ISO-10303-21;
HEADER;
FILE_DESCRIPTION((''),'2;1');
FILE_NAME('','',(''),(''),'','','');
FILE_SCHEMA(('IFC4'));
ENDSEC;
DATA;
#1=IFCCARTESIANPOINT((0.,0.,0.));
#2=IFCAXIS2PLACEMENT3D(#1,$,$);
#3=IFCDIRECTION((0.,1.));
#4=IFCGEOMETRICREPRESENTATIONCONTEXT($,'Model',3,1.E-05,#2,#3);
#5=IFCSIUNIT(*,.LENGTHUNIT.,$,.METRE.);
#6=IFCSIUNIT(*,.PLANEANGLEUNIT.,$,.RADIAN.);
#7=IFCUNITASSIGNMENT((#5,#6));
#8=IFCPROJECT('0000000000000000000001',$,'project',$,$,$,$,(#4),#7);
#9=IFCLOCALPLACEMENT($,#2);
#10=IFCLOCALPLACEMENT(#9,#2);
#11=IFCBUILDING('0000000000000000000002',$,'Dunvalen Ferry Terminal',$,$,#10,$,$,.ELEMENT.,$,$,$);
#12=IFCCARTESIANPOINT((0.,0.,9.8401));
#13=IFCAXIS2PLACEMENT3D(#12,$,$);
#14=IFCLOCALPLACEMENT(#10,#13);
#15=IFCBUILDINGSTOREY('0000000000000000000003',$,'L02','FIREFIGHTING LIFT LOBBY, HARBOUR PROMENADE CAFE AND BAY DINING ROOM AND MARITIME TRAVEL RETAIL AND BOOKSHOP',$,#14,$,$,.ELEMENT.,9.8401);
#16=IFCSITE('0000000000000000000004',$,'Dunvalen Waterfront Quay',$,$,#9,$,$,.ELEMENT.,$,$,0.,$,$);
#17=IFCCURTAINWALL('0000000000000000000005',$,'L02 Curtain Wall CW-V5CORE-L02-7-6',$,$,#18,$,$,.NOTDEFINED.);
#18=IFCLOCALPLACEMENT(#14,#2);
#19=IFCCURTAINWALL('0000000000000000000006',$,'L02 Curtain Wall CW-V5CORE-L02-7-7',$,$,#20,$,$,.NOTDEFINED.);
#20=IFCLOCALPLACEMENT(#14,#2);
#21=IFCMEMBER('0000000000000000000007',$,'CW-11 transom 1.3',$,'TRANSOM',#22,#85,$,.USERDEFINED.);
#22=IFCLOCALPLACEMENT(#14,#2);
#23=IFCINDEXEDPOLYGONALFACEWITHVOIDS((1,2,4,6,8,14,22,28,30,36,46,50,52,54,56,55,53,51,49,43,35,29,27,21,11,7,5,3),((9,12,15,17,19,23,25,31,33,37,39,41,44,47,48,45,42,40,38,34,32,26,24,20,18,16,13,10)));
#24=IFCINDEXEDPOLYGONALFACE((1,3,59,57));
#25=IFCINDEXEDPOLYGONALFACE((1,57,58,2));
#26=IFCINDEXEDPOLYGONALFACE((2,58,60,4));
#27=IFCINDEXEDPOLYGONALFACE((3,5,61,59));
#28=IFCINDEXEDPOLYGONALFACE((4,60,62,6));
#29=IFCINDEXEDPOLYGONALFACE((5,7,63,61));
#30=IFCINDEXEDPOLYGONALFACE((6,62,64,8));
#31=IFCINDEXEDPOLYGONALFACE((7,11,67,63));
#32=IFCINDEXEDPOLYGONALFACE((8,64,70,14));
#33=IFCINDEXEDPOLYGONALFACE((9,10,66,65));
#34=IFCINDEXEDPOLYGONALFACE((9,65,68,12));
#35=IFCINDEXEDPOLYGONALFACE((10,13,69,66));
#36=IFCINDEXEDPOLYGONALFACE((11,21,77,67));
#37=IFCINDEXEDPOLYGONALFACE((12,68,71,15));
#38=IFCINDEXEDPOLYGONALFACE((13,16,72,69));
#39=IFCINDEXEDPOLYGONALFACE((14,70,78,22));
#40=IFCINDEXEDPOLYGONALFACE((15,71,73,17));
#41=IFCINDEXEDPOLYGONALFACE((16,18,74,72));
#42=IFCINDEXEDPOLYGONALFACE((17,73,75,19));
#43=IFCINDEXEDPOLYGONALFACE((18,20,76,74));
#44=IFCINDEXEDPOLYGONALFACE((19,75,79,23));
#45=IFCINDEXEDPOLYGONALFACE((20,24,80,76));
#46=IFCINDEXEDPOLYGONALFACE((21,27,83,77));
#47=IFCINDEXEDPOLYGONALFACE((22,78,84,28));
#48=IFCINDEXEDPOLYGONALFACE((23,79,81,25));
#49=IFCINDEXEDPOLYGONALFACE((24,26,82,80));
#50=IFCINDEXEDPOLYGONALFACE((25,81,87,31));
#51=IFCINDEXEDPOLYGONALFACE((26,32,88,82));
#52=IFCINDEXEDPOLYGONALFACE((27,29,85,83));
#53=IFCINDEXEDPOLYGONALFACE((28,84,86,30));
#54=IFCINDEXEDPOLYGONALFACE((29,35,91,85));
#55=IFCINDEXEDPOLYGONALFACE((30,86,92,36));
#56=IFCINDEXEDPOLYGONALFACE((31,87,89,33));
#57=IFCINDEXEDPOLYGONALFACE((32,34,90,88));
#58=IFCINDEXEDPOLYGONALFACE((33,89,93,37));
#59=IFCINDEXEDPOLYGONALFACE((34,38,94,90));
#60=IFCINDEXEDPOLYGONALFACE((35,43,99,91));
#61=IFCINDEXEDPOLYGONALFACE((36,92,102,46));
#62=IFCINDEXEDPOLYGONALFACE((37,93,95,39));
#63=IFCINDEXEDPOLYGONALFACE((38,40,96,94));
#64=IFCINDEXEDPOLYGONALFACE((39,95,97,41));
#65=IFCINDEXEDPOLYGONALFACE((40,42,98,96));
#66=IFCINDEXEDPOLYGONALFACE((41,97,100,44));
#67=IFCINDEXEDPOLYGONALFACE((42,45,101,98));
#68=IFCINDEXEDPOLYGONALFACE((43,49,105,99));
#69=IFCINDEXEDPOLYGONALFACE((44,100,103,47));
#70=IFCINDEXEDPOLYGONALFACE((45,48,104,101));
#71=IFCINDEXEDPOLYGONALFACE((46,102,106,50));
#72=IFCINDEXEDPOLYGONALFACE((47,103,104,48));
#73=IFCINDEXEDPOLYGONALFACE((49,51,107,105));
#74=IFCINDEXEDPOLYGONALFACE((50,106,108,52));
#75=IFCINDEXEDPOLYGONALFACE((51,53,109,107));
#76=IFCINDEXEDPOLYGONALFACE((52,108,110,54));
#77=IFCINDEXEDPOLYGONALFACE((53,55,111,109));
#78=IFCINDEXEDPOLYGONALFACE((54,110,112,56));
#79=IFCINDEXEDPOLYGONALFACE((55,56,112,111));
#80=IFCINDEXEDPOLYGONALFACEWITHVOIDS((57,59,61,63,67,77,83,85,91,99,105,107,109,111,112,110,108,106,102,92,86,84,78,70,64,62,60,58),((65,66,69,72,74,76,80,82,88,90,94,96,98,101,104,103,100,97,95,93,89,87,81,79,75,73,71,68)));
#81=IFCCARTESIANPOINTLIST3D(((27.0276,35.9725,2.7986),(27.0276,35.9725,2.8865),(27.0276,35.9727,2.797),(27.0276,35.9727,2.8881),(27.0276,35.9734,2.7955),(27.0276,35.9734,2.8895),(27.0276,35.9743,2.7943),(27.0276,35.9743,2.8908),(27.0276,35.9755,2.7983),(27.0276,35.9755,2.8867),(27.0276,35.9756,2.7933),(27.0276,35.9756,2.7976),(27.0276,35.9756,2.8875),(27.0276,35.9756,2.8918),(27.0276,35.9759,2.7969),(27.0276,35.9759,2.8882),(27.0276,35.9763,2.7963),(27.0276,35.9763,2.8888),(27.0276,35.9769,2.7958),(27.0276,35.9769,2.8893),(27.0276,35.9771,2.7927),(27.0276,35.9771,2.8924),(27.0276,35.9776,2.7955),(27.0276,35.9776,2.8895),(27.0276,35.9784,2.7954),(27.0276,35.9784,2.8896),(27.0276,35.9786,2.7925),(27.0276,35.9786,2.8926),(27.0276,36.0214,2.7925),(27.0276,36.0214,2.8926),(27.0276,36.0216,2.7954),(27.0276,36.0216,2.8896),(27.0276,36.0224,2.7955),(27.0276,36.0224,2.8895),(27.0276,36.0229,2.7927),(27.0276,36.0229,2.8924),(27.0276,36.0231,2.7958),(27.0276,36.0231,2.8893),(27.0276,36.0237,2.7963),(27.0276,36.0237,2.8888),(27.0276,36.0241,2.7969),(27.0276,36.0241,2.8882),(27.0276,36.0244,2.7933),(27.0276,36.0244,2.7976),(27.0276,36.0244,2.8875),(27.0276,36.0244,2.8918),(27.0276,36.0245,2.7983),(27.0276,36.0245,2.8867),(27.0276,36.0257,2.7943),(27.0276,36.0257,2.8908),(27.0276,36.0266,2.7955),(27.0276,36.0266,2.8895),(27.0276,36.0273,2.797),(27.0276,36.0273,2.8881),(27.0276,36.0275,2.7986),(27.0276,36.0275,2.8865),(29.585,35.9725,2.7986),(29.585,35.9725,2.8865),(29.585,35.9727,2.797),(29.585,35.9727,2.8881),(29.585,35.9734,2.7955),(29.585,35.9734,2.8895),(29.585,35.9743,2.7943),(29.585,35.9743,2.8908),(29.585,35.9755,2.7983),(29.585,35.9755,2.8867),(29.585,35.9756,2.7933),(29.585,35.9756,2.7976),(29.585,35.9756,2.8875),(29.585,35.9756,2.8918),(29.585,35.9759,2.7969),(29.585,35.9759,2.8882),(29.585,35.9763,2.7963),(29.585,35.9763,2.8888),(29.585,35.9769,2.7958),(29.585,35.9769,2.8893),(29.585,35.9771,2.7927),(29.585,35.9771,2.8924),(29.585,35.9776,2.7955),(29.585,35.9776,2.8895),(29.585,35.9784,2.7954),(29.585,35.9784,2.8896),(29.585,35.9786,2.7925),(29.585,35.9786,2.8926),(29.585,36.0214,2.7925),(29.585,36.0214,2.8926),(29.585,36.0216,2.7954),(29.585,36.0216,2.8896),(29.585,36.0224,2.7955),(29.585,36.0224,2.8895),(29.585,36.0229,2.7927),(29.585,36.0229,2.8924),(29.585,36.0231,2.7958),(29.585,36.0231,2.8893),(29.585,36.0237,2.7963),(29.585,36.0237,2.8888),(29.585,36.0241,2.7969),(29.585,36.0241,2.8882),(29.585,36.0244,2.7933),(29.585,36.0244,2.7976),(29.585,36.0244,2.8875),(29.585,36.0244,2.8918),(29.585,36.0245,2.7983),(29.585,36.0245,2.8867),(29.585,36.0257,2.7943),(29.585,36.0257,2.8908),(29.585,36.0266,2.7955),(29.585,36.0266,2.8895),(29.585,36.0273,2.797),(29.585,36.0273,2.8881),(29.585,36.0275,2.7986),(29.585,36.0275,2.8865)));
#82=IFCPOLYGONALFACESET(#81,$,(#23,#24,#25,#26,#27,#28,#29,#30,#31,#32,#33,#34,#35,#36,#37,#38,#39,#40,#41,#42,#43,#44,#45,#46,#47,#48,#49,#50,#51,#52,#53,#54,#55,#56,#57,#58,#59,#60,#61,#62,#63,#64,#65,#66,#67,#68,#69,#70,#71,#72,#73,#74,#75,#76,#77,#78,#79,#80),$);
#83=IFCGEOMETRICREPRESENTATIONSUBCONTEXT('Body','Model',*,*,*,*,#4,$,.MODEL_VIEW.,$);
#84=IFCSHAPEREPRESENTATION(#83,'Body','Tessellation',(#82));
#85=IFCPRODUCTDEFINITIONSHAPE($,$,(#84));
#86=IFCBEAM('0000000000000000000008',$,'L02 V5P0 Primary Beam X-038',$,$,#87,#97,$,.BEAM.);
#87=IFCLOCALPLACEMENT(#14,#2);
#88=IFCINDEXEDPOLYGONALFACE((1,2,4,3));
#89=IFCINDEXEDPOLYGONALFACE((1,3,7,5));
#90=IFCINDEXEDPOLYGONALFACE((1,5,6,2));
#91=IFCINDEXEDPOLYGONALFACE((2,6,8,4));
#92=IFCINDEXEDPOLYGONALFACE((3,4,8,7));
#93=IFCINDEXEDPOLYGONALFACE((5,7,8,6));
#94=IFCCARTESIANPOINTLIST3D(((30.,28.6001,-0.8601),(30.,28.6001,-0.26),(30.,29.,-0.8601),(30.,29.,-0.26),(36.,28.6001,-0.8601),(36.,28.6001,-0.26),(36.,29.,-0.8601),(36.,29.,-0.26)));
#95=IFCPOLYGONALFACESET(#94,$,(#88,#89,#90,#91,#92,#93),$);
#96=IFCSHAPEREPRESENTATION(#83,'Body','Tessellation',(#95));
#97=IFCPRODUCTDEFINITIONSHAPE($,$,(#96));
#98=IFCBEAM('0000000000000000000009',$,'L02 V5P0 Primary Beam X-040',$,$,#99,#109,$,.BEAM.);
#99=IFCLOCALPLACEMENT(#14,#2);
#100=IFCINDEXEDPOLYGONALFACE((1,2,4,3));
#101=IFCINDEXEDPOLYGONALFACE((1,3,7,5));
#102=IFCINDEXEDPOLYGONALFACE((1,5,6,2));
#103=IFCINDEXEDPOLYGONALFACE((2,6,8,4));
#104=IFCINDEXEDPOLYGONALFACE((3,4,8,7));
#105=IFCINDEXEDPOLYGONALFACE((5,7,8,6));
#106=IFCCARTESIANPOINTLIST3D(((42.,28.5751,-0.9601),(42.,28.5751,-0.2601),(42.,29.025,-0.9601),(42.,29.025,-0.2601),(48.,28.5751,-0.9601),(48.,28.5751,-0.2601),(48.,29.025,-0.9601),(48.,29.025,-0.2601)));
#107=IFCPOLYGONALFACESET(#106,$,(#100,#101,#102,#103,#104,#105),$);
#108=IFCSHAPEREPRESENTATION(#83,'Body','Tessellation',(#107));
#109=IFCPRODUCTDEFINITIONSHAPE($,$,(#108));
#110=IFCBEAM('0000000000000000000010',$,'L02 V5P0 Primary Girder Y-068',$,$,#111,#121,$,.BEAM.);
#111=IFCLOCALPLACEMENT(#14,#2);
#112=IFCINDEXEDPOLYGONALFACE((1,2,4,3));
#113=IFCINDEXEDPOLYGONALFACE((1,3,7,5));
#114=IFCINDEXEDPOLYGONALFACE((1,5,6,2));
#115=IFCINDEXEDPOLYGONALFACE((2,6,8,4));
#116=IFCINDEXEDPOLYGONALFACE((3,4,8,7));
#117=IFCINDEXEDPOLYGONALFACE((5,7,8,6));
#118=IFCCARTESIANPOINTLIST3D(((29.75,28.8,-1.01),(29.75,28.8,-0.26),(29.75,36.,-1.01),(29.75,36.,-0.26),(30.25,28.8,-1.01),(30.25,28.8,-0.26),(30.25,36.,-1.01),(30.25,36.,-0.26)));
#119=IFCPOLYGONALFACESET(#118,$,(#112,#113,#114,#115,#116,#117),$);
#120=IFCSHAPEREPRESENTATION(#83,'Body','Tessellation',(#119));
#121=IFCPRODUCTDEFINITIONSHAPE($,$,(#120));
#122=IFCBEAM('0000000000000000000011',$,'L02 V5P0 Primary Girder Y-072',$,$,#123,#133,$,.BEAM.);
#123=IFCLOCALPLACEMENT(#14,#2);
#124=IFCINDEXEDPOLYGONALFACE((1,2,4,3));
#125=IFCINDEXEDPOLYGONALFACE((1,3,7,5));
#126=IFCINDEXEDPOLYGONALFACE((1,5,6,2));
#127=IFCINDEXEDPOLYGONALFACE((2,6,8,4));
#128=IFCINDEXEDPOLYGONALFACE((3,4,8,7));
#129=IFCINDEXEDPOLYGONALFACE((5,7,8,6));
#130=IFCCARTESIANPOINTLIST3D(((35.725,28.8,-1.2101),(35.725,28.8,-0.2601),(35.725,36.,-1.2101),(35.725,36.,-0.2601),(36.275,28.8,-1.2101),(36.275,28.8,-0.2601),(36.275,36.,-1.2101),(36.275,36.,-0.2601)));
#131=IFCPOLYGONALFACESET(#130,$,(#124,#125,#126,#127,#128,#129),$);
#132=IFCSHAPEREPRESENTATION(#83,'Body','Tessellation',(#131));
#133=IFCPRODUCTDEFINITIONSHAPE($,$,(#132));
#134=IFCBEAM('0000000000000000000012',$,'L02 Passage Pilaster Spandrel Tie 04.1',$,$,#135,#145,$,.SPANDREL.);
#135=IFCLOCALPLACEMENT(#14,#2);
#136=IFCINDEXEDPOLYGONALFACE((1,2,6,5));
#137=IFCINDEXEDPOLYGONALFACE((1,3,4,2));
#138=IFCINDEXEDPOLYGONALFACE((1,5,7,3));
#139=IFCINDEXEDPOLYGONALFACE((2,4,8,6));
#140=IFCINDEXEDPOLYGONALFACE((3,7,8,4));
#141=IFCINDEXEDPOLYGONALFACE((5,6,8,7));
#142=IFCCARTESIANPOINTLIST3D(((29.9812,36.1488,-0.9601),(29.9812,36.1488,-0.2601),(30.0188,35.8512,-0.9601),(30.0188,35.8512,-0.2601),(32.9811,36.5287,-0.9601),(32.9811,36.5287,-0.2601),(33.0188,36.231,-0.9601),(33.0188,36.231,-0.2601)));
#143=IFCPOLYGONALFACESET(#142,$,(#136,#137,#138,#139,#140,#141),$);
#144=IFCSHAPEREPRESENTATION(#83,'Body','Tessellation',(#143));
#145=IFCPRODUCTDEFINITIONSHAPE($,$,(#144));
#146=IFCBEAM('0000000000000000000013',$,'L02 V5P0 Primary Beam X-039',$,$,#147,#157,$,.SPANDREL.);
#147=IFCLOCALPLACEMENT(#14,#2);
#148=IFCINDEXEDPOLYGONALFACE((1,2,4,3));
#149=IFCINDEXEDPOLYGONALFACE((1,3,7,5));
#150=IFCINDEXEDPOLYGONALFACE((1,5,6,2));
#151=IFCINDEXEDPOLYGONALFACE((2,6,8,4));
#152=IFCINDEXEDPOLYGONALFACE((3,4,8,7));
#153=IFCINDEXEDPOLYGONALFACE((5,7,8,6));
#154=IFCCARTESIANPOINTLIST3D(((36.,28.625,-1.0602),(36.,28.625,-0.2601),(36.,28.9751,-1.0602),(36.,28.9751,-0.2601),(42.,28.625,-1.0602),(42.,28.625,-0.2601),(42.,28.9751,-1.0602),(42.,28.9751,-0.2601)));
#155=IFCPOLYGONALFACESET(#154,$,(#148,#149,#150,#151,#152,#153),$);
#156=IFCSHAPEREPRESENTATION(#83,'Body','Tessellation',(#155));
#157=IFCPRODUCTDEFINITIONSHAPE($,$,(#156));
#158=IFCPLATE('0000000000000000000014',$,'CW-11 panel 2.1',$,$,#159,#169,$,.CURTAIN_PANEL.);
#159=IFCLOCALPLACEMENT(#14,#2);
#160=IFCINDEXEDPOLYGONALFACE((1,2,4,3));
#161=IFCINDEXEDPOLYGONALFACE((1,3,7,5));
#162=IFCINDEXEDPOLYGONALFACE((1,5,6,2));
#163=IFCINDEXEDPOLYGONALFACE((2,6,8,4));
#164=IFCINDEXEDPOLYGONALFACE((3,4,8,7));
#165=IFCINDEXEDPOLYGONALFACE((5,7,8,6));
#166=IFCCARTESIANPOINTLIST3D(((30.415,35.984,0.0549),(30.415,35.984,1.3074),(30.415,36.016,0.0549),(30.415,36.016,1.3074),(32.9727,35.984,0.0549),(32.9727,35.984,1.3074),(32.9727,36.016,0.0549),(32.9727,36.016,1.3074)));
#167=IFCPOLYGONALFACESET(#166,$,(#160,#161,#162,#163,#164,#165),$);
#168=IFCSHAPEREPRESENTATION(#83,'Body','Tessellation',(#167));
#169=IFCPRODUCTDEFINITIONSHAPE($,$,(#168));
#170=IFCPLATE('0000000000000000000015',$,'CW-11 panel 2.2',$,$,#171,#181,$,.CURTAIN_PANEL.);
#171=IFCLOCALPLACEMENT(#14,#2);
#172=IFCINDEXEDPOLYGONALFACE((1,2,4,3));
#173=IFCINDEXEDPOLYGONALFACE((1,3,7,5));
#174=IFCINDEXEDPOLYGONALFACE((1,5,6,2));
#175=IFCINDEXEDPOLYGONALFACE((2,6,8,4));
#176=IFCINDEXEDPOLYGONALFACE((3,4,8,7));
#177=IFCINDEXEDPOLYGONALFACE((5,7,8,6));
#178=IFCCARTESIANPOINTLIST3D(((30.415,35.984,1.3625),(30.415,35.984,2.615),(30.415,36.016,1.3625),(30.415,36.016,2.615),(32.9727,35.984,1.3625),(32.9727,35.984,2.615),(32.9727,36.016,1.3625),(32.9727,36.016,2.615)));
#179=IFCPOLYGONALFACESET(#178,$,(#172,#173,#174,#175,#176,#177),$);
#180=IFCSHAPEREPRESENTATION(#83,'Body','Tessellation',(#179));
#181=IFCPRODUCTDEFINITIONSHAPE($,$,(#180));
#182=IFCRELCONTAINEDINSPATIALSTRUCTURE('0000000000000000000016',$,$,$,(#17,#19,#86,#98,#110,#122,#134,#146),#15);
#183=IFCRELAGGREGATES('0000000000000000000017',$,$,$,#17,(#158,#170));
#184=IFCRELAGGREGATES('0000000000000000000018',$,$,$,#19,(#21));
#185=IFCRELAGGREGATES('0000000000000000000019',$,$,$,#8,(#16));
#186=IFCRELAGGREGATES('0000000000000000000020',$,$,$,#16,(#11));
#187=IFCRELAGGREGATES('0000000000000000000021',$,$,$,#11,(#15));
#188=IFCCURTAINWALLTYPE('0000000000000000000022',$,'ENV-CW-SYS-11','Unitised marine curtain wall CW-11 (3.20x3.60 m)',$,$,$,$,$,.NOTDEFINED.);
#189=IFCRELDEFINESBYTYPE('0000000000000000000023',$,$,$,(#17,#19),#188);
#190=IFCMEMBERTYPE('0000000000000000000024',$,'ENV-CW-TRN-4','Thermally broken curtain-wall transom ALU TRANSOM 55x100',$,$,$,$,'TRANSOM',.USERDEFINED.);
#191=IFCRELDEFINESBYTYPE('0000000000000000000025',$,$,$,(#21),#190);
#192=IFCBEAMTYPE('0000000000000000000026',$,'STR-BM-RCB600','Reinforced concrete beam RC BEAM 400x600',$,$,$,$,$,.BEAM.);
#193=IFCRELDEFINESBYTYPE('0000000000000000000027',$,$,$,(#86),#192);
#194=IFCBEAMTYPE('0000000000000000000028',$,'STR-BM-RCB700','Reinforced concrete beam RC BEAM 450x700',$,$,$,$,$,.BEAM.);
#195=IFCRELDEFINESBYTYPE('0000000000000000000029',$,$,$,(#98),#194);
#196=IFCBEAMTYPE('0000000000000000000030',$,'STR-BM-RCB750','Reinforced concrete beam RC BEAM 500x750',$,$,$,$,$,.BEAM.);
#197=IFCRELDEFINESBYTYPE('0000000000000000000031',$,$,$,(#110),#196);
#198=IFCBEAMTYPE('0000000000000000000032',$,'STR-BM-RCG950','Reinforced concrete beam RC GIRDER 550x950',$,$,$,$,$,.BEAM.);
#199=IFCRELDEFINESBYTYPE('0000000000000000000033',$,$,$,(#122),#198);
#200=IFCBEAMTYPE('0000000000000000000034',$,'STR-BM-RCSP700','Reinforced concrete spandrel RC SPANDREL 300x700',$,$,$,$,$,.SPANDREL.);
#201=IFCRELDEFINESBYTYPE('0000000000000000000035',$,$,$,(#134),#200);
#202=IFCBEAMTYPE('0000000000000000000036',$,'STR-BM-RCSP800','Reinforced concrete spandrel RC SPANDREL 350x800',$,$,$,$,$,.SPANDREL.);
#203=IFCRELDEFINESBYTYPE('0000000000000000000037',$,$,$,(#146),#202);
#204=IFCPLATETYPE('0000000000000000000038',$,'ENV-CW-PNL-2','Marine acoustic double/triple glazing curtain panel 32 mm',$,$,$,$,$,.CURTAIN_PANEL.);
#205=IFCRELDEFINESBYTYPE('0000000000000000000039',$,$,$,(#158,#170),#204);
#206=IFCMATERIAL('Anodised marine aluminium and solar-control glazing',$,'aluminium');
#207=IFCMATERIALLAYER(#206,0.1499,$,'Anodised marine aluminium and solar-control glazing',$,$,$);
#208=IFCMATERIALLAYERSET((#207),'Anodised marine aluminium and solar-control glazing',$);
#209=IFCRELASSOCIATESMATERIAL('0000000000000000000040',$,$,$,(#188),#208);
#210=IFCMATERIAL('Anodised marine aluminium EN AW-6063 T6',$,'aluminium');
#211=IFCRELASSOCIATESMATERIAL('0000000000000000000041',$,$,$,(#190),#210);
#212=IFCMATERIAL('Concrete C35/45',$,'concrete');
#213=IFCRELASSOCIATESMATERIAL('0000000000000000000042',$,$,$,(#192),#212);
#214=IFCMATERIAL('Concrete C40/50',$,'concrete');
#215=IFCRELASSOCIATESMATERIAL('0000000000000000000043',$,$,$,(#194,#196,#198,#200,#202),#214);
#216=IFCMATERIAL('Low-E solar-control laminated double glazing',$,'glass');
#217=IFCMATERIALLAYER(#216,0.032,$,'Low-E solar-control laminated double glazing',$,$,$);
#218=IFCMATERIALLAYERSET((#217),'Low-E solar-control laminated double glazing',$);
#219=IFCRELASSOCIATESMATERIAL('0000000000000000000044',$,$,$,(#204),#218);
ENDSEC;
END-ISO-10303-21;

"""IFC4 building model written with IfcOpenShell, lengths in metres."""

from ifc_helpers import new_model, si_unit, direction, frame, origin, origin_2d, place, context, subcontext, project, spatial, rectangle, hollow_rectangle, extrude, material, layer, layer_set, material_profile, profile_set, type_object, element, aggregate, save


model = new_model("IFC4")

# Units and contexts
model_context = context("Model", 3, precision=1e-05, world=origin(), true_north=direction((0.0, 1.0)))
body_context = subcontext(model_context, "Body", "Model", "MODEL_VIEW")
ifc_project = project(units=[si_unit("LENGTHUNIT", "METRE"), si_unit("PLANEANGLEUNIT", "RADIAN")], contexts=[model_context])

# Site, building, storey
site_placement = place(None, origin())
site = spatial("IfcSite", under=ifc_project, at=site_placement, Name="Dunvalen Waterfront Quay", CompositionType="ELEMENT", RefElevation=0.0)
building_placement = place(site_placement, origin())
building = spatial("IfcBuilding", under=site, at=building_placement, Name="Dunvalen Ferry Terminal", CompositionType="ELEMENT")
storey_placement = place(building_placement, frame((0.0, 0.0, 9.8401)))
storey = spatial("IfcBuildingStorey", under=building, at=storey_placement, Name="L02", Description="FIREFIGHTING LIFT LOBBY, HARBOUR PROMENADE CAFE AND BAY DINING ROOM AND MARITIME TRAVEL RETAIL AND BOOKSHOP", CompositionType="ELEMENT", Elevation=9.8401)

# Shared definitions
ifc_material_1 = material(Name="Concrete C40/50", Category="concrete")

# Curtain wall
ifc_material_2 = material(Name="Anodised marine aluminium and solar-control glazing", Category="aluminium")
ifc_layer_1 = layer(ifc_material_2, 0.1499, Name="Anodised marine aluminium and solar-control glazing")
ifc_layer_set_1 = layer_set([ifc_layer_1], Name="Anodised marine aluminium and solar-control glazing")
curtain_wall_type = type_object("IfcCurtainWallType", Name="ENV-CW-SYS-11", Description="Unitised marine curtain wall CW-11 (3.20x3.60 m)", PredefinedType="NOTDEFINED", material=ifc_layer_set_1)
curtain_wall_1_placement = place(storey_placement, origin())
curtain_wall_1 = element("IfcCurtainWall", 1, at=curtain_wall_1_placement, inside=storey, type_object=curtain_wall_type, Name="L02 Curtain Wall CW-V5CORE-L02-7-6", PredefinedType="NOTDEFINED")
ifc_material_3 = material(Name="Anodised marine aluminium EN AW-6063 T6", Category="aluminium")

# Curtain wall
curtain_wall_2_placement = place(storey_placement, origin())
curtain_wall_2 = element("IfcCurtainWall", 2, at=curtain_wall_2_placement, inside=storey, type_object=curtain_wall_type, Name="L02 Curtain Wall CW-V5CORE-L02-7-7", PredefinedType="NOTDEFINED")

# Member
ifc_material_profile_1 = material_profile(ifc_material_3, hollow_rectangle(XDim=0.0549, YDim=0.1001, WallThickness=0.0029, InnerFilletRadius=0.0029, OuterFilletRadius=0.0061, at=origin_2d()), Name="Anodised marine aluminium EN AW-6063 T6")
ifc_profile_set_1 = profile_set([ifc_material_profile_1], Name="Anodised marine aluminium EN AW-6063 T6")
member_type_1 = type_object("IfcMemberType", Name="ENV-CW-TRN-4", Description="Thermally broken curtain-wall transom ALU TRANSOM 55x100", ElementType="TRANSOM", PredefinedType="USERDEFINED", material=ifc_profile_set_1)
member_1_placement = place(storey_placement, frame((29.585, 36.0, 2.8425), z_axis=(-1.0, 0.0, 0.0), x_axis=(0.0, -1.0, 0.0)))
member_1 = element("IfcMember", 3, at=member_1_placement, type_object=member_type_1, Name="CW-11 transom 1.3", ObjectType="TRANSOM", PredefinedType="USERDEFINED", context=body_context, shape_type="SweptSolid", body=[
    extrude(hollow_rectangle(XDim=0.0549, YDim=0.1001, WallThickness=0.0029, InnerFilletRadius=0.0029, OuterFilletRadius=0.0061, at=origin_2d()), origin(), (0.0, 0.0, 1.0), 2.5574),
])

# Beams
ifc_material_4 = material(Name="Concrete C35/45", Category="concrete")
ifc_material_profile_2 = material_profile(ifc_material_4, rectangle(XDim=0.3999, YDim=0.6001, at=origin_2d()), Name="Concrete C35/45")
ifc_profile_set_2 = profile_set([ifc_material_profile_2], Name="Concrete C35/45")
beam_type_1 = type_object("IfcBeamType", Name="STR-BM-RCB600", Description="Reinforced concrete beam RC BEAM 400x600", PredefinedType="BEAM", material=ifc_profile_set_2)
beam_1_placement = place(storey_placement, frame((30.0, 28.8, -0.5601), z_axis=(1.0, 0.0, 0.0), x_axis=(0.0, 1.0, 0.0)))
element("IfcBeam", 4, at=beam_1_placement, inside=storey, type_object=beam_type_1, Name="L02 V5P0 Primary Beam X-038", PredefinedType="BEAM", context=body_context, shape_type="SweptSolid", body=[
    extrude(rectangle(XDim=0.3999, YDim=0.6001, at=origin_2d()), origin(), (0.0, 0.0, 1.0), 6.0),
])
ifc_material_profile_3 = material_profile(ifc_material_1, rectangle(XDim=0.45, YDim=0.7, at=origin_2d()), Name="Concrete C40/50")
ifc_profile_set_3 = profile_set([ifc_material_profile_3], Name="Concrete C40/50")
beam_type_2 = type_object("IfcBeamType", Name="STR-BM-RCB700", Description="Reinforced concrete beam RC BEAM 450x700", PredefinedType="BEAM", material=ifc_profile_set_3)
beam_2_placement = place(storey_placement, frame((42.0, 28.8, -0.6101), z_axis=(1.0, 0.0, 0.0), x_axis=(0.0, 1.0, 0.0)))
element("IfcBeam", 5, at=beam_2_placement, inside=storey, type_object=beam_type_2, Name="L02 V5P0 Primary Beam X-040", PredefinedType="BEAM", context=body_context, shape_type="SweptSolid", body=[
    extrude(rectangle(XDim=0.45, YDim=0.7, at=origin_2d()), origin(), (0.0, 0.0, 1.0), 6.0),
])
ifc_material_profile_4 = material_profile(ifc_material_1, rectangle(XDim=0.5, YDim=0.75, at=origin_2d()), Name="Concrete C40/50")
ifc_profile_set_4 = profile_set([ifc_material_profile_4], Name="Concrete C40/50")
beam_type_3 = type_object("IfcBeamType", Name="STR-BM-RCB750", Description="Reinforced concrete beam RC BEAM 500x750", PredefinedType="BEAM", material=ifc_profile_set_4)
beam_3_placement = place(storey_placement, frame((30.0, 28.8, -0.635), z_axis=(0.0, 1.0, 0.0), x_axis=(-1.0, 0.0, 0.0)))
element("IfcBeam", 6, at=beam_3_placement, inside=storey, type_object=beam_type_3, Name="L02 V5P0 Primary Girder Y-068", PredefinedType="BEAM", context=body_context, shape_type="SweptSolid", body=[
    extrude(rectangle(XDim=0.5, YDim=0.75, at=origin_2d()), origin(), (0.0, 0.0, 1.0), 7.2),
])
ifc_material_profile_5 = material_profile(ifc_material_1, rectangle(XDim=0.55, YDim=0.95, at=origin_2d()), Name="Concrete C40/50")
ifc_profile_set_5 = profile_set([ifc_material_profile_5], Name="Concrete C40/50")
beam_type_4 = type_object("IfcBeamType", Name="STR-BM-RCG950", Description="Reinforced concrete beam RC GIRDER 550x950", PredefinedType="BEAM", material=ifc_profile_set_5)
beam_4_placement = place(storey_placement, frame((36.0, 28.8, -0.7351), z_axis=(0.0, 1.0, 0.0), x_axis=(-1.0, 0.0, 0.0)))
element("IfcBeam", 7, at=beam_4_placement, inside=storey, type_object=beam_type_4, Name="L02 V5P0 Primary Girder Y-072", PredefinedType="BEAM", context=body_context, shape_type="SweptSolid", body=[
    extrude(rectangle(XDim=0.55, YDim=0.95, at=origin_2d()), origin(), (0.0, 0.0, 1.0), 7.2),
])
ifc_material_profile_6 = material_profile(ifc_material_1, rectangle(XDim=0.3, YDim=0.7, at=origin_2d()), Name="Concrete C40/50")
ifc_profile_set_6 = profile_set([ifc_material_profile_6], Name="Concrete C40/50")
beam_type_5 = type_object("IfcBeamType", Name="STR-BM-RCSP700", Description="Reinforced concrete spandrel RC SPANDREL 300x700", PredefinedType="SPANDREL", material=ifc_profile_set_6)
beam_5_placement = place(storey_placement, frame((30.0, 36.0, -0.6101), z_axis=(0.992078, 0.125624, 0.0), x_axis=(-0.125624, 0.992078, 0.0)))
element("IfcBeam", 8, at=beam_5_placement, inside=storey, type_object=beam_type_5, Name="L02 Passage Pilaster Spandrel Tie 04.1", PredefinedType="SPANDREL", context=body_context, shape_type="SweptSolid", body=[
    extrude(rectangle(XDim=0.3, YDim=0.7, at=origin_2d()), origin(), (0.0, 0.0, 1.0), 3.0239),
])
ifc_material_profile_7 = material_profile(ifc_material_1, rectangle(XDim=0.3501, YDim=0.8, at=origin_2d()), Name="Concrete C40/50")
ifc_profile_set_7 = profile_set([ifc_material_profile_7], Name="Concrete C40/50")
beam_type_6 = type_object("IfcBeamType", Name="STR-BM-RCSP800", Description="Reinforced concrete spandrel RC SPANDREL 350x800", PredefinedType="SPANDREL", material=ifc_profile_set_7)
beam_6_placement = place(storey_placement, frame((36.0, 28.8, -0.6602), z_axis=(1.0, 0.0, 0.0), x_axis=(0.0, 1.0, 0.0)))
element("IfcBeam", 9, at=beam_6_placement, inside=storey, type_object=beam_type_6, Name="L02 V5P0 Primary Beam X-039", PredefinedType="SPANDREL", context=body_context, shape_type="SweptSolid", body=[
    extrude(rectangle(XDim=0.3501, YDim=0.8, at=origin_2d()), origin(), (0.0, 0.0, 1.0), 6.0),
])

# Plates
ifc_material_5 = material(Name="Low-E solar-control laminated double glazing", Category="glass")
ifc_layer_2 = layer(ifc_material_5, 0.032, Name="Low-E solar-control laminated double glazing")
ifc_layer_set_2 = layer_set([ifc_layer_2], Name="Low-E solar-control laminated double glazing")
plate_type = type_object("IfcPlateType", Name="ENV-CW-PNL-2", Description="Marine acoustic double/triple glazing curtain panel 32 mm", PredefinedType="CURTAIN_PANEL", material=ifc_layer_set_2)
plate_1_placement = place(storey_placement, frame((31.6938, 36.0, 0.0549), z_axis=(0.0, 0.0, 1.0), x_axis=(-1.0, 0.0, 0.0)))
plate_1 = element("IfcPlate", 10, at=plate_1_placement, type_object=plate_type, Name="CW-11 panel 2.1", PredefinedType="CURTAIN_PANEL", context=body_context, shape_type="SweptSolid", body=[
    extrude(rectangle(XDim=2.5576, YDim=0.032, at=origin_2d()), origin(), (0.0, 0.0, 1.0), 1.2524),
])
plate_2_placement = place(storey_placement, frame((31.6938, 36.0, 1.3625), z_axis=(0.0, 0.0, 1.0), x_axis=(-1.0, 0.0, 0.0)))
plate_2 = element("IfcPlate", 11, at=plate_2_placement, type_object=plate_type, Name="CW-11 panel 2.2", PredefinedType="CURTAIN_PANEL", context=body_context, shape_type="SweptSolid", body=[
    extrude(rectangle(XDim=2.5576, YDim=0.032, at=origin_2d()), origin(), (0.0, 0.0, 1.0), 1.2524),
])
aggregate(curtain_wall_1, [plate_1, plate_2])
aggregate(curtain_wall_2, [member_1])

save(model, "model.ifc")
